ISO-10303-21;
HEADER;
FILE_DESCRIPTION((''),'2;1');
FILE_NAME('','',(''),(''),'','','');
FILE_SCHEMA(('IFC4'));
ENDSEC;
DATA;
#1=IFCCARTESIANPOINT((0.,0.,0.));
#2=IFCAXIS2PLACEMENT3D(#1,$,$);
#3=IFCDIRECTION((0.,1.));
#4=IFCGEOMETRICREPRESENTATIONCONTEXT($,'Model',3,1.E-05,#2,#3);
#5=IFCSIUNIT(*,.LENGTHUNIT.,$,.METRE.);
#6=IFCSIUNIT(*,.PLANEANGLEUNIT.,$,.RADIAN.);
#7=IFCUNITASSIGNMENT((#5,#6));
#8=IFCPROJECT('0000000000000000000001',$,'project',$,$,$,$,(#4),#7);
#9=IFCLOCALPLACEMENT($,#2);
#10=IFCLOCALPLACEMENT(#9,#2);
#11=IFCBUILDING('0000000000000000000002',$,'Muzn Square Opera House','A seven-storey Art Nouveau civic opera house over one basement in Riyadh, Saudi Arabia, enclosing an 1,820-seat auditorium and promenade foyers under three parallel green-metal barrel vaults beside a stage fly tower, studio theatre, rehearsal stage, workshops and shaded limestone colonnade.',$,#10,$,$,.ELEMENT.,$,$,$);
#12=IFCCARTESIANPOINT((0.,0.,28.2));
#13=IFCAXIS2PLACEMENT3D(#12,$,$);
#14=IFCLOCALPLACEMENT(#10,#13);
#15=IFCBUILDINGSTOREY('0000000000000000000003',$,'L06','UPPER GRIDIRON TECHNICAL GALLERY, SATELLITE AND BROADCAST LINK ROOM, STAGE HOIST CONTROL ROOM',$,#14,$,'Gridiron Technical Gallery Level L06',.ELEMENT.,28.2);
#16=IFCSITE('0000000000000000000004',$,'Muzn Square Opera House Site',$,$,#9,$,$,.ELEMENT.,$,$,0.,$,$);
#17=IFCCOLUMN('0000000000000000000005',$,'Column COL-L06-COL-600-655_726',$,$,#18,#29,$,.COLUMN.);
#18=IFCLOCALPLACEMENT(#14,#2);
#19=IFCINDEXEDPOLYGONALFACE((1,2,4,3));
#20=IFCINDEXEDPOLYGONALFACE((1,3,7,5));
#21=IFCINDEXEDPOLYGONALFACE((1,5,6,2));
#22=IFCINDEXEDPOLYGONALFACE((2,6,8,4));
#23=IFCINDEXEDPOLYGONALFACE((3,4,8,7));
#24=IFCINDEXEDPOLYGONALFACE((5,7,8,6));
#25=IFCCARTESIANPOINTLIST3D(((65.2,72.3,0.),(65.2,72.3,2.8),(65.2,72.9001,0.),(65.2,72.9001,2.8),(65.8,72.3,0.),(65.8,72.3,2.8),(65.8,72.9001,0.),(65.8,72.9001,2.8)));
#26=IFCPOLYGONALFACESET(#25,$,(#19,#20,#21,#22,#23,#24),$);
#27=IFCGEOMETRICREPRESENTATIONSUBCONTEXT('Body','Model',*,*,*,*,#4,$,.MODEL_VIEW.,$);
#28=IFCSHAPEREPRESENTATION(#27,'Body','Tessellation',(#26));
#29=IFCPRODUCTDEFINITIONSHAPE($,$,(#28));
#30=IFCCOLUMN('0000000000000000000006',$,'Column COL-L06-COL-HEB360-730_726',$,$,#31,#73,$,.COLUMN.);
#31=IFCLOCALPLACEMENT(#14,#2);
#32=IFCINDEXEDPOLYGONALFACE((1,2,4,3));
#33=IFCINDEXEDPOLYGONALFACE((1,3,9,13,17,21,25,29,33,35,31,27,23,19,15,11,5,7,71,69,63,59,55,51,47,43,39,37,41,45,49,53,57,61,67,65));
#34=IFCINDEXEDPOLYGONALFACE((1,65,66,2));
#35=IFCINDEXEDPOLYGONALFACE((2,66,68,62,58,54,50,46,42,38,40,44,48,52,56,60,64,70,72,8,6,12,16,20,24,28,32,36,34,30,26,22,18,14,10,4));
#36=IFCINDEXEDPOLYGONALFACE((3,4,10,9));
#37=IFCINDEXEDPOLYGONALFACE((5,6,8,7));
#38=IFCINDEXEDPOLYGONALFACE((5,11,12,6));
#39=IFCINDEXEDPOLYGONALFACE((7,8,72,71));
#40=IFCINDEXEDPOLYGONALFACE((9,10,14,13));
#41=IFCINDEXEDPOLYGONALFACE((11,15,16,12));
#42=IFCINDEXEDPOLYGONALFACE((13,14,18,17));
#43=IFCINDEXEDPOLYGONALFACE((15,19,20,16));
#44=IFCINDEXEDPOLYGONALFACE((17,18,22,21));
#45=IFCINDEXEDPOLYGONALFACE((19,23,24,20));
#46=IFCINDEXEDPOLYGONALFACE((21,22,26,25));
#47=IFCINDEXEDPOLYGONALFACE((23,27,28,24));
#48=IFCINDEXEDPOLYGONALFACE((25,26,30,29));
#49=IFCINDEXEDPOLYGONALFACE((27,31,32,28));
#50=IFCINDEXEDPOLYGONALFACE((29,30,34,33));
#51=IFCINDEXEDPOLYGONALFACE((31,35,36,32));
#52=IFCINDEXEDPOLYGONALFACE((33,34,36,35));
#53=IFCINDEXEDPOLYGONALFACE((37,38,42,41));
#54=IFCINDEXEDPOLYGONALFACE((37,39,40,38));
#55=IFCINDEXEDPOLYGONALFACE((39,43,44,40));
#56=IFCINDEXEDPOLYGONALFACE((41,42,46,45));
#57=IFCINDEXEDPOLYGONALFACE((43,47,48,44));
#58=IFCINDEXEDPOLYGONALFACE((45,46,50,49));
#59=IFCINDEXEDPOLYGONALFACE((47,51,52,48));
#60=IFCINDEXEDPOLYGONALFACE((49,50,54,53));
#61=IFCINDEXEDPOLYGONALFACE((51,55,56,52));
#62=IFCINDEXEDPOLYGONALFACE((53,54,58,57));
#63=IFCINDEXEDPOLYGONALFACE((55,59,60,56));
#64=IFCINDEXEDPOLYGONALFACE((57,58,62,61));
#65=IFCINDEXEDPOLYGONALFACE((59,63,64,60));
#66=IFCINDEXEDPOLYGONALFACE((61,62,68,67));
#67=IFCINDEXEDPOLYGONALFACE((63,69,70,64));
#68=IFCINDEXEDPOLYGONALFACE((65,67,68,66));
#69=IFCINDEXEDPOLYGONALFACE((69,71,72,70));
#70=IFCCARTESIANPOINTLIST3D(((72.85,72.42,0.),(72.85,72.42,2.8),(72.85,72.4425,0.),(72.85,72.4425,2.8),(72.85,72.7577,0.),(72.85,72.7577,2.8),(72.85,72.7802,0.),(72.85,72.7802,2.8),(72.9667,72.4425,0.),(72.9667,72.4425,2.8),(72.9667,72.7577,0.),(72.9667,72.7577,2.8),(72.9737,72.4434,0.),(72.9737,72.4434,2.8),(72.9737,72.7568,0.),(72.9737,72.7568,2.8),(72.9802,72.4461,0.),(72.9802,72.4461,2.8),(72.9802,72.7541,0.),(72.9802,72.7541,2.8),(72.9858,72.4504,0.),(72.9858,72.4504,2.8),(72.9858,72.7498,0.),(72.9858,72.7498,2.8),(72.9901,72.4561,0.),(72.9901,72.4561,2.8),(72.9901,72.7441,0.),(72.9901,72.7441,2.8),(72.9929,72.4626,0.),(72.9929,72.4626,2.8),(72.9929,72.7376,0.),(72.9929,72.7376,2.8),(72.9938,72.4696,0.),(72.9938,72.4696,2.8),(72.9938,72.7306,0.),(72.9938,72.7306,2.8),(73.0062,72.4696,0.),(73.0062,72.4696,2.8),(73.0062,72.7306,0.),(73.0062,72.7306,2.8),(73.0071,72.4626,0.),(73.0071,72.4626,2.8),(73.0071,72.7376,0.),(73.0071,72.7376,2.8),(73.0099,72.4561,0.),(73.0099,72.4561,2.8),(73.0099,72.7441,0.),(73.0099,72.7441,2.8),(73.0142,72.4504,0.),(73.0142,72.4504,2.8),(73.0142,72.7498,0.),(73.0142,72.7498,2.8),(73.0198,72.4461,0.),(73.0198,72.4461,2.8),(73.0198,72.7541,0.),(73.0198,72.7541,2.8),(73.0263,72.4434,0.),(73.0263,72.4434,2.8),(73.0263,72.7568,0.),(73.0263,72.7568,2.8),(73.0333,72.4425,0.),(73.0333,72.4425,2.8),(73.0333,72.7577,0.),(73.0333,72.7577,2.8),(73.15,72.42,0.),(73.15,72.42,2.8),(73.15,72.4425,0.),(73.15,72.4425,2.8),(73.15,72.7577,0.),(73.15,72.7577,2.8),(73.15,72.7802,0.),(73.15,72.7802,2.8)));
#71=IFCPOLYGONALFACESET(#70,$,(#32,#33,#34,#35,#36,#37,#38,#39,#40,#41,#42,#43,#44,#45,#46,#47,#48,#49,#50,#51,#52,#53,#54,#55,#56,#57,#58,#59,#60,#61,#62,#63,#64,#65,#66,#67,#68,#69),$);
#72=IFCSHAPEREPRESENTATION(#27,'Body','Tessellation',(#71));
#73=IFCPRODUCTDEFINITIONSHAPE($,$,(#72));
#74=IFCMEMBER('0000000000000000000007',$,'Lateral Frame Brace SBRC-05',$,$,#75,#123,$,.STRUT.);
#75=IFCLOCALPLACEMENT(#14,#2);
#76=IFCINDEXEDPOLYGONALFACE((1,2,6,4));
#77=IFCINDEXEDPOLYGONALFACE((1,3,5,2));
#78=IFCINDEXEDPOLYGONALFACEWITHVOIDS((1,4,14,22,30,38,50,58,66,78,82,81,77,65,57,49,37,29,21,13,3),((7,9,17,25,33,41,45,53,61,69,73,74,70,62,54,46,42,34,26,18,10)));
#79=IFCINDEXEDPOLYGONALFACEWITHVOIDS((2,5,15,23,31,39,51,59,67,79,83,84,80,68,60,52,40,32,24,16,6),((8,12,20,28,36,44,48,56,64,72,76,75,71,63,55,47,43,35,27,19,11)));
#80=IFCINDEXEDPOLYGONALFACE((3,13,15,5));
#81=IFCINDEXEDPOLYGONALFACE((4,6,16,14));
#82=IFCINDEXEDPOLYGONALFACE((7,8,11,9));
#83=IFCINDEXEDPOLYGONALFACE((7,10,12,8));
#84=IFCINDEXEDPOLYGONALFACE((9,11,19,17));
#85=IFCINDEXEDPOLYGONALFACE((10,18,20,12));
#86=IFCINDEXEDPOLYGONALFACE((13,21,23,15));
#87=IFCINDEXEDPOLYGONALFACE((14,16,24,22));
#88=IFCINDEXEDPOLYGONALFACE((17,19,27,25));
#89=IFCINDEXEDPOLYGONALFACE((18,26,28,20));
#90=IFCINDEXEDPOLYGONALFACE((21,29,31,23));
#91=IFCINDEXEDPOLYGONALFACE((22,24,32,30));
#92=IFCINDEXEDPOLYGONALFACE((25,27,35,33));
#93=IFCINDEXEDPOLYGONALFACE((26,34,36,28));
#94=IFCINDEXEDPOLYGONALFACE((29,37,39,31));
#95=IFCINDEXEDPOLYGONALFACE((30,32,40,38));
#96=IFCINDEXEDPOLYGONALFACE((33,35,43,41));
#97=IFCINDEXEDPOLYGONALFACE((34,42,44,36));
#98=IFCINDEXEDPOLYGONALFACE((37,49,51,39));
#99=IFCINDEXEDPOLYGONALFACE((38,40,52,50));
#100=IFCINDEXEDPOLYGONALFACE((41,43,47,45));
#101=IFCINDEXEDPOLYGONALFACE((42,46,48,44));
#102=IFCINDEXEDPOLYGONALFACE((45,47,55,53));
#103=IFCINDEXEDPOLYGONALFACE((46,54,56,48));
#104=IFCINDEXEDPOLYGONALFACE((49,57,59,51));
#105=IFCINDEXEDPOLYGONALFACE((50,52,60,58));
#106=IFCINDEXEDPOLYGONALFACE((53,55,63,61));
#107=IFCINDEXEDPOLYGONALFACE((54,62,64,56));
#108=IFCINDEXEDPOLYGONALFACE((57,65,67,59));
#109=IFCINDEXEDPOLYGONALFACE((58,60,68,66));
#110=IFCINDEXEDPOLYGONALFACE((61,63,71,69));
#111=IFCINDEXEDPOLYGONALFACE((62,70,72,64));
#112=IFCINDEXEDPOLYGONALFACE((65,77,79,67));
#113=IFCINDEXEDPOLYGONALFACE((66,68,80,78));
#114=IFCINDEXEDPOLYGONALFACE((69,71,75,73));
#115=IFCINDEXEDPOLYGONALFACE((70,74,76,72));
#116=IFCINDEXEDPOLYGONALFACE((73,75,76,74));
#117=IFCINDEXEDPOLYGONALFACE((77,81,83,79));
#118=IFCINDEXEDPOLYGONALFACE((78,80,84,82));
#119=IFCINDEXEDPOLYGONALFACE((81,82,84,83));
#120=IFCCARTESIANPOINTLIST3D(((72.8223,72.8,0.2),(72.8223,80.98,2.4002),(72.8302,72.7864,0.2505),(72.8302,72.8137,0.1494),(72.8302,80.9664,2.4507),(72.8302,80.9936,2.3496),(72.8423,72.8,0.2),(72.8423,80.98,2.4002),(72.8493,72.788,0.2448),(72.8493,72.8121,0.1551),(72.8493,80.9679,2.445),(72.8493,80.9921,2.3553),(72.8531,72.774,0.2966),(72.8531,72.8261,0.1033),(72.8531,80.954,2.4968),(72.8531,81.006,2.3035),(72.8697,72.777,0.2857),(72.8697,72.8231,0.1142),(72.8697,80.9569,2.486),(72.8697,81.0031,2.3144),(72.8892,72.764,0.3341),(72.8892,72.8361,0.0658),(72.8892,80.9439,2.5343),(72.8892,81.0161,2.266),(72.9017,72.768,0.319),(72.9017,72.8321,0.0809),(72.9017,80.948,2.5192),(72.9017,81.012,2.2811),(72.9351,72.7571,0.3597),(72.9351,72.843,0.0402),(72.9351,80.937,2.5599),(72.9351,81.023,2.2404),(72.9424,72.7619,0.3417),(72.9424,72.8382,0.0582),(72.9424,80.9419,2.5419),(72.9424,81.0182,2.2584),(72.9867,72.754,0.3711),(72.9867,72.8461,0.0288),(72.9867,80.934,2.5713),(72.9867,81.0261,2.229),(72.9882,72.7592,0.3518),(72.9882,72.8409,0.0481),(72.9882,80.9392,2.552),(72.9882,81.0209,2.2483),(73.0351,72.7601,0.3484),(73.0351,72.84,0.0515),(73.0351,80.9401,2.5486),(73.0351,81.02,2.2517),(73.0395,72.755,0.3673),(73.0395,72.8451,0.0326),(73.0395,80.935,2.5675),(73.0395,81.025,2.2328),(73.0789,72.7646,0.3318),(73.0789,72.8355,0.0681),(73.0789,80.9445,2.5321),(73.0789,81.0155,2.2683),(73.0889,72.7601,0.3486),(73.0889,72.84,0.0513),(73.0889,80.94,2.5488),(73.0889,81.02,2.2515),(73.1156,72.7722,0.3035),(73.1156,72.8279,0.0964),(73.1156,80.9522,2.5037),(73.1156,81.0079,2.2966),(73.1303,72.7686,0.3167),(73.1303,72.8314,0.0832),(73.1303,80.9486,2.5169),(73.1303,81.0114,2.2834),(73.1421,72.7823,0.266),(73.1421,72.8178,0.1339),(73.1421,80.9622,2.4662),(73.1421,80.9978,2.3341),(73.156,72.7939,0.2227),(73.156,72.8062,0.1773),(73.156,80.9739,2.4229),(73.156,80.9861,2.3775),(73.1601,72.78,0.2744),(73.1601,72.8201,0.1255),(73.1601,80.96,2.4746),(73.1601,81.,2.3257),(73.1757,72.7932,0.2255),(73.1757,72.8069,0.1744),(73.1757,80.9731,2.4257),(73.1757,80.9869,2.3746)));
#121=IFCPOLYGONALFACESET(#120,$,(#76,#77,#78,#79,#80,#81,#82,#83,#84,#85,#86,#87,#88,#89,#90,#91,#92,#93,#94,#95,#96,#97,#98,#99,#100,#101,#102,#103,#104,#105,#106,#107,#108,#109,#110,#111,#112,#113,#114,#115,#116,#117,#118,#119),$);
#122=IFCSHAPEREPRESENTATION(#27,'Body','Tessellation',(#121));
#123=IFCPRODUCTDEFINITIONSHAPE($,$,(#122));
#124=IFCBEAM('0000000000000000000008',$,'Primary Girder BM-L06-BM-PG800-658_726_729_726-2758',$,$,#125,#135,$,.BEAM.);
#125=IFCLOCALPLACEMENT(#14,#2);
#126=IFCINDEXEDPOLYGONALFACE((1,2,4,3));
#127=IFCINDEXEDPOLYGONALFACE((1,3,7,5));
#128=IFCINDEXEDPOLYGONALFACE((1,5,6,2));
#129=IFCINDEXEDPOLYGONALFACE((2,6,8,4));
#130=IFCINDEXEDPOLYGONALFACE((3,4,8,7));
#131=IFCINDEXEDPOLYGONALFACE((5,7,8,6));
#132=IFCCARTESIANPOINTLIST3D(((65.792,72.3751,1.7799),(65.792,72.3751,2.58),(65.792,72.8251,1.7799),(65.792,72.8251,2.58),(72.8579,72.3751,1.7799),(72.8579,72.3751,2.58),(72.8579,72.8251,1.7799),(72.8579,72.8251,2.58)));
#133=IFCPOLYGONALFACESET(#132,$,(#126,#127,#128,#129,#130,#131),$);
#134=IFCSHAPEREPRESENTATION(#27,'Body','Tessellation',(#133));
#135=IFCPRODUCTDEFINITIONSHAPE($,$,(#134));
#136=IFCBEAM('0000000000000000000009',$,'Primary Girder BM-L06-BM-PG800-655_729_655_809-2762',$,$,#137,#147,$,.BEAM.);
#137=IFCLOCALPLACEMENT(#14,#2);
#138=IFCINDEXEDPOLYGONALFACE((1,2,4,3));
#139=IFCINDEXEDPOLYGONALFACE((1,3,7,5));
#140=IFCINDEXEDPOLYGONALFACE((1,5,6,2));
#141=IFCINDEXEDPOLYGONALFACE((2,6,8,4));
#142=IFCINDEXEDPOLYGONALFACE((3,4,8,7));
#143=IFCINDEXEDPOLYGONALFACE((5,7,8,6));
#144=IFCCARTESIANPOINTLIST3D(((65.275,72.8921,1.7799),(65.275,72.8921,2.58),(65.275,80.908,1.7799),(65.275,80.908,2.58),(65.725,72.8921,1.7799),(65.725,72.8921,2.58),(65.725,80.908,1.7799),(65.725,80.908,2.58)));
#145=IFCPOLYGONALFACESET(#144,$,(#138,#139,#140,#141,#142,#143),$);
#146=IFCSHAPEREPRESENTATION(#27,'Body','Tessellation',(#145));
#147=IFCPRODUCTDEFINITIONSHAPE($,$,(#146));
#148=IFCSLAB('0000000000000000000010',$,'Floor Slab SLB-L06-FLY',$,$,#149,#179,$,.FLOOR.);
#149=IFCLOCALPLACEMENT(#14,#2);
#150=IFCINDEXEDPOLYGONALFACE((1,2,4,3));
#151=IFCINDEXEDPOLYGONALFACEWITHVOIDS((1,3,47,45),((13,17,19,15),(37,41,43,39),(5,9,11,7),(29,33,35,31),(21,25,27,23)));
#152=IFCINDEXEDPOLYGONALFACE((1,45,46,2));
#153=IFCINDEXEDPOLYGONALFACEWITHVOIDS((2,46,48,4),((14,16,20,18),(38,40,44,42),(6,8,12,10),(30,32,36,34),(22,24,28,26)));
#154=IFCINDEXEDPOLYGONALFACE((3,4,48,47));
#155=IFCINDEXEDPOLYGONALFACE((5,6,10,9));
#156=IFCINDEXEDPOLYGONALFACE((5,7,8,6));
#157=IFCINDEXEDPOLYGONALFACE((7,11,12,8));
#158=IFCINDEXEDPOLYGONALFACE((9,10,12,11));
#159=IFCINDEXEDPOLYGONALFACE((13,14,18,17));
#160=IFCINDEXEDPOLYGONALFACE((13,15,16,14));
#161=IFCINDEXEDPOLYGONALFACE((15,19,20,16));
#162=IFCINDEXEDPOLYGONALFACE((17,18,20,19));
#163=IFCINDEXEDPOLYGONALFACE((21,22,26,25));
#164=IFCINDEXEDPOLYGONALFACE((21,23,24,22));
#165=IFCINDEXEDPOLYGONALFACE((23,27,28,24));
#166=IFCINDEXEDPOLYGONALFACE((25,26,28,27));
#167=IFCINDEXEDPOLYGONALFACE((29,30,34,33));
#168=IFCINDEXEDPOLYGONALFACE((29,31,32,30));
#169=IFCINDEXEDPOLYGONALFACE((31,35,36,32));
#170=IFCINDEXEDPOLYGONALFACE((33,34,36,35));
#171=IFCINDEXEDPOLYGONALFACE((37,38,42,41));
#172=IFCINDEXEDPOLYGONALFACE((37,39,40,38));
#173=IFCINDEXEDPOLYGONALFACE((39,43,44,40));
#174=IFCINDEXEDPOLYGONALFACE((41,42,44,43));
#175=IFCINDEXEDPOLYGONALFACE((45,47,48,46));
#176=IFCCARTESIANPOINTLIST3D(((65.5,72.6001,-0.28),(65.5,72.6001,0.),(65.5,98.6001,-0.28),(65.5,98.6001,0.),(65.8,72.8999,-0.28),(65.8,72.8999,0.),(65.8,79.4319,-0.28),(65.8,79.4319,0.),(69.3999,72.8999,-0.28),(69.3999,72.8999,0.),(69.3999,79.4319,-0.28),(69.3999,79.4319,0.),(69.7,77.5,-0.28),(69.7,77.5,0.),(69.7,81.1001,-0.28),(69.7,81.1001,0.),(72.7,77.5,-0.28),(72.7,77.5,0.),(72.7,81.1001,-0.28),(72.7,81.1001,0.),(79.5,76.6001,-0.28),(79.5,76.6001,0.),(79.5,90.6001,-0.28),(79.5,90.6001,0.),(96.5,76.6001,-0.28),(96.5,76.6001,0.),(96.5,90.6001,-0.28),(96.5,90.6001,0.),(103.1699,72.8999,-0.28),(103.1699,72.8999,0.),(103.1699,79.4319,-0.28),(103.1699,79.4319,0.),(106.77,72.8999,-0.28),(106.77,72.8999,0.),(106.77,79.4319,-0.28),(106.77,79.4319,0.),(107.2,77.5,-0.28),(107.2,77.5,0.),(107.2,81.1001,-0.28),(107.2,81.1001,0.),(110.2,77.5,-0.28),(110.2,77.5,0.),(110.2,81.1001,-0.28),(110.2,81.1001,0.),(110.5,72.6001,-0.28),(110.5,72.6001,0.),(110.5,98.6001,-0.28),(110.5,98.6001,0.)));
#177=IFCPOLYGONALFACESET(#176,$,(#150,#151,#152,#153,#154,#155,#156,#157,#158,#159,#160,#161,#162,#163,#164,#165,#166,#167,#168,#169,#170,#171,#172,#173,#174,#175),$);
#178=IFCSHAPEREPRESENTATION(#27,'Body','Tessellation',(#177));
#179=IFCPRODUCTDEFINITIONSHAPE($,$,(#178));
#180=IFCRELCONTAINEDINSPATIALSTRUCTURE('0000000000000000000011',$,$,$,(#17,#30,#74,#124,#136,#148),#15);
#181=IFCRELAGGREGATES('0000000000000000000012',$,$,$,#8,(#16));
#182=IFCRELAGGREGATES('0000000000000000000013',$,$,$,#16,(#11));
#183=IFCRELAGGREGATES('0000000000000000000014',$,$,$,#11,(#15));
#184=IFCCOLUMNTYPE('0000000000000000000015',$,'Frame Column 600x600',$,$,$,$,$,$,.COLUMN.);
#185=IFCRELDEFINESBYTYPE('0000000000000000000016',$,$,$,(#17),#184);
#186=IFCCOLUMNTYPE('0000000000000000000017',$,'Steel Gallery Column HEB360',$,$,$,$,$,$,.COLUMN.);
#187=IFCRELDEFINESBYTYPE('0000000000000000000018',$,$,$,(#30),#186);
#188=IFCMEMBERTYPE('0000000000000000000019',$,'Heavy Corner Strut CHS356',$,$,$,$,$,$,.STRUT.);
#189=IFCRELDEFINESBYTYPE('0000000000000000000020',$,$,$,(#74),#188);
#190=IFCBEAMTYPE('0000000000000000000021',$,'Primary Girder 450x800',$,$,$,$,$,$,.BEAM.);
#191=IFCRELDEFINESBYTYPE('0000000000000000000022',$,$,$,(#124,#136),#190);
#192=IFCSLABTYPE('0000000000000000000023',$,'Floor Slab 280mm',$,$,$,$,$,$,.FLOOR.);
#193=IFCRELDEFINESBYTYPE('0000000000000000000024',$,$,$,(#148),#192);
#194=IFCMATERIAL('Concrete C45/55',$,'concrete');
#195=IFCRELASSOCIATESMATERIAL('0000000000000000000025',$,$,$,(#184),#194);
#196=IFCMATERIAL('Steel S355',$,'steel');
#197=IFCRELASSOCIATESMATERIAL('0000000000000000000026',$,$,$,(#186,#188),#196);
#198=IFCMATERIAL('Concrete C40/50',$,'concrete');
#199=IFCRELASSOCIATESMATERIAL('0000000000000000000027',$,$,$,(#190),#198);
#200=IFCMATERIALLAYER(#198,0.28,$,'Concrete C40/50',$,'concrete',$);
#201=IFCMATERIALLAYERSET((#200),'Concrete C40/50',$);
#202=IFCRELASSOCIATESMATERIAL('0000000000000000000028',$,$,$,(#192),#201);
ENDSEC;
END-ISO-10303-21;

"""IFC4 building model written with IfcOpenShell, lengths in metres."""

from ifc_helpers import new_model, si_unit, direction, frame, origin, origin_2d, place, context, subcontext, project, spatial, polyline, rectangle, hollow_circle, i_section, outline, extrude, material, layer, layer_set, material_profile, profile_set, type_object, element, save


model = new_model("IFC4")

# Units and contexts
model_context = context("Model", 3, precision=1e-05, world=origin(), true_north=direction((0.0, 1.0)))
body_context = subcontext(model_context, "Body", "Model", "MODEL_VIEW")
ifc_project = project(units=[si_unit("LENGTHUNIT", "METRE"), si_unit("PLANEANGLEUNIT", "RADIAN")], contexts=[model_context])

# Site, building, storey
site_placement = place(None, origin())
site = spatial("IfcSite", under=ifc_project, at=site_placement, Name="Muzn Square Opera House Site", CompositionType="ELEMENT", RefElevation=0.0)
building_placement = place(site_placement, origin())
building = spatial("IfcBuilding", under=site, at=building_placement, Name="Muzn Square Opera House", Description="A seven-storey Art Nouveau civic opera house over one basement in Riyadh, Saudi Arabia, enclosing an 1,820-seat auditorium and promenade foyers under three parallel green-metal barrel vaults beside a stage fly tower, studio theatre, rehearsal stage, workshops and shaded limestone colonnade.", CompositionType="ELEMENT")
storey_placement = place(building_placement, frame((0.0, 0.0, 28.2)))
storey = spatial("IfcBuildingStorey", under=building, at=storey_placement, Name="L06", Description="UPPER GRIDIRON TECHNICAL GALLERY, SATELLITE AND BROADCAST LINK ROOM, STAGE HOIST CONTROL ROOM", LongName="Gridiron Technical Gallery Level L06", CompositionType="ELEMENT", Elevation=28.2)

# Columns
ifc_material_1 = material(Name="Concrete C45/55", Category="concrete")
ifc_material_profile_1 = material_profile(ifc_material_1, rectangle(XDim=0.6001, YDim=0.6001, at=origin_2d()), Name="RC 600x600", Category="concrete")
ifc_profile_set_1 = profile_set([ifc_material_profile_1], Name="Concrete C45/55")
column_type_1 = type_object("IfcColumnType", Name="Frame Column 600x600", PredefinedType="COLUMN", material=ifc_profile_set_1)
column_1_placement = place(storey_placement, frame((65.5, 72.6001, 0.0), z_axis=(0.0, 0.0, 1.0), x_axis=(1.0, 0.0, 0.0)))
element("IfcColumn", 1, at=column_1_placement, inside=storey, type_object=column_type_1, Name="Column COL-L06-COL-600-655_726", PredefinedType="COLUMN", context=body_context, shape_type="SweptSolid", body=[
    extrude(rectangle(XDim=0.6001, YDim=0.6001, at=origin_2d()), origin(), (0.0, 0.0, 1.0), 2.8),
])
ifc_material_2 = material(Name="Steel S355", Category="steel")
ifc_material_profile_2 = material_profile(ifc_material_2, i_section(OverallWidth=0.3, OverallDepth=0.3601, WebThickness=0.0125, FlangeThickness=0.0225, FilletRadius=0.0271, at=origin_2d()), Name="HEB 360", Category="steel")
ifc_profile_set_2 = profile_set([ifc_material_profile_2], Name="Steel S355")
column_type_2 = type_object("IfcColumnType", Name="Steel Gallery Column HEB360", PredefinedType="COLUMN", material=ifc_profile_set_2)
column_2_placement = place(storey_placement, frame((73.0, 72.6001, 0.0), z_axis=(0.0, 0.0, 1.0), x_axis=(1.0, 0.0, 0.0)))
element("IfcColumn", 2, at=column_2_placement, inside=storey, type_object=column_type_2, Name="Column COL-L06-COL-HEB360-730_726", PredefinedType="COLUMN", context=body_context, shape_type="SweptSolid", body=[
    extrude(i_section(OverallWidth=0.3, OverallDepth=0.3601, WebThickness=0.0125, FlangeThickness=0.0225, FilletRadius=0.0271, at=origin_2d()), origin(), (0.0, 0.0, 1.0), 2.8),
])

# Member
ifc_material_profile_3 = material_profile(ifc_material_2, hollow_circle(Radius=0.1777, WallThickness=0.02, at=origin_2d()), Name="CHS 355.6x20", Category="steel")
ifc_profile_set_3 = profile_set([ifc_material_profile_3], Name="Steel S355")
member_type = type_object("IfcMemberType", Name="Heavy Corner Strut CHS356", PredefinedType="STRUT", material=ifc_profile_set_3)
member_placement = place(storey_placement, frame((73.0, 72.8, 0.2), z_axis=(0.0, 0.965678, 0.259743), x_axis=(-1.0, 0.0, 0.0)))
element("IfcMember", 3, at=member_placement, inside=storey, type_object=member_type, Name="Lateral Frame Brace SBRC-05", PredefinedType="STRUT", context=body_context, shape_type="SweptSolid", body=[
    extrude(hollow_circle(Radius=0.1777, WallThickness=0.02, at=origin_2d()), origin(), (0.0, 0.0, 1.0), 8.4707),
])

# Beams
ifc_material_3 = material(Name="Concrete C40/50", Category="concrete")
ifc_material_profile_4 = material_profile(ifc_material_3, rectangle(XDim=0.45, YDim=0.8, at=origin_2d()), Name="RCB 450x800", Category="concrete")
ifc_profile_set_4 = profile_set([ifc_material_profile_4], Name="Concrete C40/50")
beam_type = type_object("IfcBeamType", Name="Primary Girder 450x800", PredefinedType="BEAM", material=ifc_profile_set_4)
beam_1_placement = place(storey_placement, frame((65.792, 72.6001, 2.1799), z_axis=(1.0, 0.0, 0.0), x_axis=(0.0, 1.0, 0.0)))
element("IfcBeam", 4, at=beam_1_placement, inside=storey, type_object=beam_type, Name="Primary Girder BM-L06-BM-PG800-658_726_729_726-2758", PredefinedType="BEAM", context=body_context, shape_type="SweptSolid", body=[
    extrude(rectangle(XDim=0.45, YDim=0.8, at=origin_2d()), origin(), (0.0, 0.0, 1.0), 7.0659),
])
beam_2_placement = place(storey_placement, frame((65.5, 72.8921, 2.1799), z_axis=(0.0, 1.0, 0.0), x_axis=(-1.0, 0.0, 0.0)))
element("IfcBeam", 5, at=beam_2_placement, inside=storey, type_object=beam_type, Name="Primary Girder BM-L06-BM-PG800-655_729_655_809-2762", PredefinedType="BEAM", context=body_context, shape_type="SweptSolid", body=[
    extrude(rectangle(XDim=0.45, YDim=0.8, at=origin_2d()), origin(), (0.0, 0.0, 1.0), 8.0159),
])

# Slab
ifc_layer_1 = layer(ifc_material_3, 0.28, Name="Concrete C40/50", Category="concrete")
ifc_layer_set_1 = layer_set([ifc_layer_1], Name="Concrete C40/50")
slab_type = type_object("IfcSlabType", Name="Floor Slab 280mm", PredefinedType="FLOOR", material=ifc_layer_set_1)
slab_placement = place(storey_placement, frame((0.0, 0.0, -0.28)))
element("IfcSlab", 6, at=slab_placement, inside=storey, type_object=slab_type, Name="Floor Slab SLB-L06-FLY", PredefinedType="FLOOR", context=body_context, shape_type="SweptSolid", body=[
    extrude(outline(polyline([(65.5, 72.6001), (110.5, 72.6001), (110.5, 98.6001), (65.5, 98.6001), (65.5, 72.6001)]), holes=[polyline([(79.5, 76.6001), (96.5, 76.6001), (96.5, 90.6001), (79.5, 90.6001), (79.5, 76.6001)]), polyline([(65.8, 72.8999), (69.3999, 72.8999), (69.3999, 79.4319), (65.8, 79.4319), (65.8, 72.8999)]), polyline([(69.7, 77.5), (72.7, 77.5), (72.7, 81.1001), (69.7, 81.1001), (69.7, 77.5)]), polyline([(103.1699, 72.8999), (106.77, 72.8999), (106.77, 79.4319), (103.1699, 79.4319), (103.1699, 72.8999)]), polyline([(107.2, 77.5), (110.2, 77.5), (110.2, 81.1001), (107.2, 81.1001), (107.2, 77.5)])]), origin(), (0.0, 0.0, 1.0), 0.28),
])

save(model, "model.ifc")
